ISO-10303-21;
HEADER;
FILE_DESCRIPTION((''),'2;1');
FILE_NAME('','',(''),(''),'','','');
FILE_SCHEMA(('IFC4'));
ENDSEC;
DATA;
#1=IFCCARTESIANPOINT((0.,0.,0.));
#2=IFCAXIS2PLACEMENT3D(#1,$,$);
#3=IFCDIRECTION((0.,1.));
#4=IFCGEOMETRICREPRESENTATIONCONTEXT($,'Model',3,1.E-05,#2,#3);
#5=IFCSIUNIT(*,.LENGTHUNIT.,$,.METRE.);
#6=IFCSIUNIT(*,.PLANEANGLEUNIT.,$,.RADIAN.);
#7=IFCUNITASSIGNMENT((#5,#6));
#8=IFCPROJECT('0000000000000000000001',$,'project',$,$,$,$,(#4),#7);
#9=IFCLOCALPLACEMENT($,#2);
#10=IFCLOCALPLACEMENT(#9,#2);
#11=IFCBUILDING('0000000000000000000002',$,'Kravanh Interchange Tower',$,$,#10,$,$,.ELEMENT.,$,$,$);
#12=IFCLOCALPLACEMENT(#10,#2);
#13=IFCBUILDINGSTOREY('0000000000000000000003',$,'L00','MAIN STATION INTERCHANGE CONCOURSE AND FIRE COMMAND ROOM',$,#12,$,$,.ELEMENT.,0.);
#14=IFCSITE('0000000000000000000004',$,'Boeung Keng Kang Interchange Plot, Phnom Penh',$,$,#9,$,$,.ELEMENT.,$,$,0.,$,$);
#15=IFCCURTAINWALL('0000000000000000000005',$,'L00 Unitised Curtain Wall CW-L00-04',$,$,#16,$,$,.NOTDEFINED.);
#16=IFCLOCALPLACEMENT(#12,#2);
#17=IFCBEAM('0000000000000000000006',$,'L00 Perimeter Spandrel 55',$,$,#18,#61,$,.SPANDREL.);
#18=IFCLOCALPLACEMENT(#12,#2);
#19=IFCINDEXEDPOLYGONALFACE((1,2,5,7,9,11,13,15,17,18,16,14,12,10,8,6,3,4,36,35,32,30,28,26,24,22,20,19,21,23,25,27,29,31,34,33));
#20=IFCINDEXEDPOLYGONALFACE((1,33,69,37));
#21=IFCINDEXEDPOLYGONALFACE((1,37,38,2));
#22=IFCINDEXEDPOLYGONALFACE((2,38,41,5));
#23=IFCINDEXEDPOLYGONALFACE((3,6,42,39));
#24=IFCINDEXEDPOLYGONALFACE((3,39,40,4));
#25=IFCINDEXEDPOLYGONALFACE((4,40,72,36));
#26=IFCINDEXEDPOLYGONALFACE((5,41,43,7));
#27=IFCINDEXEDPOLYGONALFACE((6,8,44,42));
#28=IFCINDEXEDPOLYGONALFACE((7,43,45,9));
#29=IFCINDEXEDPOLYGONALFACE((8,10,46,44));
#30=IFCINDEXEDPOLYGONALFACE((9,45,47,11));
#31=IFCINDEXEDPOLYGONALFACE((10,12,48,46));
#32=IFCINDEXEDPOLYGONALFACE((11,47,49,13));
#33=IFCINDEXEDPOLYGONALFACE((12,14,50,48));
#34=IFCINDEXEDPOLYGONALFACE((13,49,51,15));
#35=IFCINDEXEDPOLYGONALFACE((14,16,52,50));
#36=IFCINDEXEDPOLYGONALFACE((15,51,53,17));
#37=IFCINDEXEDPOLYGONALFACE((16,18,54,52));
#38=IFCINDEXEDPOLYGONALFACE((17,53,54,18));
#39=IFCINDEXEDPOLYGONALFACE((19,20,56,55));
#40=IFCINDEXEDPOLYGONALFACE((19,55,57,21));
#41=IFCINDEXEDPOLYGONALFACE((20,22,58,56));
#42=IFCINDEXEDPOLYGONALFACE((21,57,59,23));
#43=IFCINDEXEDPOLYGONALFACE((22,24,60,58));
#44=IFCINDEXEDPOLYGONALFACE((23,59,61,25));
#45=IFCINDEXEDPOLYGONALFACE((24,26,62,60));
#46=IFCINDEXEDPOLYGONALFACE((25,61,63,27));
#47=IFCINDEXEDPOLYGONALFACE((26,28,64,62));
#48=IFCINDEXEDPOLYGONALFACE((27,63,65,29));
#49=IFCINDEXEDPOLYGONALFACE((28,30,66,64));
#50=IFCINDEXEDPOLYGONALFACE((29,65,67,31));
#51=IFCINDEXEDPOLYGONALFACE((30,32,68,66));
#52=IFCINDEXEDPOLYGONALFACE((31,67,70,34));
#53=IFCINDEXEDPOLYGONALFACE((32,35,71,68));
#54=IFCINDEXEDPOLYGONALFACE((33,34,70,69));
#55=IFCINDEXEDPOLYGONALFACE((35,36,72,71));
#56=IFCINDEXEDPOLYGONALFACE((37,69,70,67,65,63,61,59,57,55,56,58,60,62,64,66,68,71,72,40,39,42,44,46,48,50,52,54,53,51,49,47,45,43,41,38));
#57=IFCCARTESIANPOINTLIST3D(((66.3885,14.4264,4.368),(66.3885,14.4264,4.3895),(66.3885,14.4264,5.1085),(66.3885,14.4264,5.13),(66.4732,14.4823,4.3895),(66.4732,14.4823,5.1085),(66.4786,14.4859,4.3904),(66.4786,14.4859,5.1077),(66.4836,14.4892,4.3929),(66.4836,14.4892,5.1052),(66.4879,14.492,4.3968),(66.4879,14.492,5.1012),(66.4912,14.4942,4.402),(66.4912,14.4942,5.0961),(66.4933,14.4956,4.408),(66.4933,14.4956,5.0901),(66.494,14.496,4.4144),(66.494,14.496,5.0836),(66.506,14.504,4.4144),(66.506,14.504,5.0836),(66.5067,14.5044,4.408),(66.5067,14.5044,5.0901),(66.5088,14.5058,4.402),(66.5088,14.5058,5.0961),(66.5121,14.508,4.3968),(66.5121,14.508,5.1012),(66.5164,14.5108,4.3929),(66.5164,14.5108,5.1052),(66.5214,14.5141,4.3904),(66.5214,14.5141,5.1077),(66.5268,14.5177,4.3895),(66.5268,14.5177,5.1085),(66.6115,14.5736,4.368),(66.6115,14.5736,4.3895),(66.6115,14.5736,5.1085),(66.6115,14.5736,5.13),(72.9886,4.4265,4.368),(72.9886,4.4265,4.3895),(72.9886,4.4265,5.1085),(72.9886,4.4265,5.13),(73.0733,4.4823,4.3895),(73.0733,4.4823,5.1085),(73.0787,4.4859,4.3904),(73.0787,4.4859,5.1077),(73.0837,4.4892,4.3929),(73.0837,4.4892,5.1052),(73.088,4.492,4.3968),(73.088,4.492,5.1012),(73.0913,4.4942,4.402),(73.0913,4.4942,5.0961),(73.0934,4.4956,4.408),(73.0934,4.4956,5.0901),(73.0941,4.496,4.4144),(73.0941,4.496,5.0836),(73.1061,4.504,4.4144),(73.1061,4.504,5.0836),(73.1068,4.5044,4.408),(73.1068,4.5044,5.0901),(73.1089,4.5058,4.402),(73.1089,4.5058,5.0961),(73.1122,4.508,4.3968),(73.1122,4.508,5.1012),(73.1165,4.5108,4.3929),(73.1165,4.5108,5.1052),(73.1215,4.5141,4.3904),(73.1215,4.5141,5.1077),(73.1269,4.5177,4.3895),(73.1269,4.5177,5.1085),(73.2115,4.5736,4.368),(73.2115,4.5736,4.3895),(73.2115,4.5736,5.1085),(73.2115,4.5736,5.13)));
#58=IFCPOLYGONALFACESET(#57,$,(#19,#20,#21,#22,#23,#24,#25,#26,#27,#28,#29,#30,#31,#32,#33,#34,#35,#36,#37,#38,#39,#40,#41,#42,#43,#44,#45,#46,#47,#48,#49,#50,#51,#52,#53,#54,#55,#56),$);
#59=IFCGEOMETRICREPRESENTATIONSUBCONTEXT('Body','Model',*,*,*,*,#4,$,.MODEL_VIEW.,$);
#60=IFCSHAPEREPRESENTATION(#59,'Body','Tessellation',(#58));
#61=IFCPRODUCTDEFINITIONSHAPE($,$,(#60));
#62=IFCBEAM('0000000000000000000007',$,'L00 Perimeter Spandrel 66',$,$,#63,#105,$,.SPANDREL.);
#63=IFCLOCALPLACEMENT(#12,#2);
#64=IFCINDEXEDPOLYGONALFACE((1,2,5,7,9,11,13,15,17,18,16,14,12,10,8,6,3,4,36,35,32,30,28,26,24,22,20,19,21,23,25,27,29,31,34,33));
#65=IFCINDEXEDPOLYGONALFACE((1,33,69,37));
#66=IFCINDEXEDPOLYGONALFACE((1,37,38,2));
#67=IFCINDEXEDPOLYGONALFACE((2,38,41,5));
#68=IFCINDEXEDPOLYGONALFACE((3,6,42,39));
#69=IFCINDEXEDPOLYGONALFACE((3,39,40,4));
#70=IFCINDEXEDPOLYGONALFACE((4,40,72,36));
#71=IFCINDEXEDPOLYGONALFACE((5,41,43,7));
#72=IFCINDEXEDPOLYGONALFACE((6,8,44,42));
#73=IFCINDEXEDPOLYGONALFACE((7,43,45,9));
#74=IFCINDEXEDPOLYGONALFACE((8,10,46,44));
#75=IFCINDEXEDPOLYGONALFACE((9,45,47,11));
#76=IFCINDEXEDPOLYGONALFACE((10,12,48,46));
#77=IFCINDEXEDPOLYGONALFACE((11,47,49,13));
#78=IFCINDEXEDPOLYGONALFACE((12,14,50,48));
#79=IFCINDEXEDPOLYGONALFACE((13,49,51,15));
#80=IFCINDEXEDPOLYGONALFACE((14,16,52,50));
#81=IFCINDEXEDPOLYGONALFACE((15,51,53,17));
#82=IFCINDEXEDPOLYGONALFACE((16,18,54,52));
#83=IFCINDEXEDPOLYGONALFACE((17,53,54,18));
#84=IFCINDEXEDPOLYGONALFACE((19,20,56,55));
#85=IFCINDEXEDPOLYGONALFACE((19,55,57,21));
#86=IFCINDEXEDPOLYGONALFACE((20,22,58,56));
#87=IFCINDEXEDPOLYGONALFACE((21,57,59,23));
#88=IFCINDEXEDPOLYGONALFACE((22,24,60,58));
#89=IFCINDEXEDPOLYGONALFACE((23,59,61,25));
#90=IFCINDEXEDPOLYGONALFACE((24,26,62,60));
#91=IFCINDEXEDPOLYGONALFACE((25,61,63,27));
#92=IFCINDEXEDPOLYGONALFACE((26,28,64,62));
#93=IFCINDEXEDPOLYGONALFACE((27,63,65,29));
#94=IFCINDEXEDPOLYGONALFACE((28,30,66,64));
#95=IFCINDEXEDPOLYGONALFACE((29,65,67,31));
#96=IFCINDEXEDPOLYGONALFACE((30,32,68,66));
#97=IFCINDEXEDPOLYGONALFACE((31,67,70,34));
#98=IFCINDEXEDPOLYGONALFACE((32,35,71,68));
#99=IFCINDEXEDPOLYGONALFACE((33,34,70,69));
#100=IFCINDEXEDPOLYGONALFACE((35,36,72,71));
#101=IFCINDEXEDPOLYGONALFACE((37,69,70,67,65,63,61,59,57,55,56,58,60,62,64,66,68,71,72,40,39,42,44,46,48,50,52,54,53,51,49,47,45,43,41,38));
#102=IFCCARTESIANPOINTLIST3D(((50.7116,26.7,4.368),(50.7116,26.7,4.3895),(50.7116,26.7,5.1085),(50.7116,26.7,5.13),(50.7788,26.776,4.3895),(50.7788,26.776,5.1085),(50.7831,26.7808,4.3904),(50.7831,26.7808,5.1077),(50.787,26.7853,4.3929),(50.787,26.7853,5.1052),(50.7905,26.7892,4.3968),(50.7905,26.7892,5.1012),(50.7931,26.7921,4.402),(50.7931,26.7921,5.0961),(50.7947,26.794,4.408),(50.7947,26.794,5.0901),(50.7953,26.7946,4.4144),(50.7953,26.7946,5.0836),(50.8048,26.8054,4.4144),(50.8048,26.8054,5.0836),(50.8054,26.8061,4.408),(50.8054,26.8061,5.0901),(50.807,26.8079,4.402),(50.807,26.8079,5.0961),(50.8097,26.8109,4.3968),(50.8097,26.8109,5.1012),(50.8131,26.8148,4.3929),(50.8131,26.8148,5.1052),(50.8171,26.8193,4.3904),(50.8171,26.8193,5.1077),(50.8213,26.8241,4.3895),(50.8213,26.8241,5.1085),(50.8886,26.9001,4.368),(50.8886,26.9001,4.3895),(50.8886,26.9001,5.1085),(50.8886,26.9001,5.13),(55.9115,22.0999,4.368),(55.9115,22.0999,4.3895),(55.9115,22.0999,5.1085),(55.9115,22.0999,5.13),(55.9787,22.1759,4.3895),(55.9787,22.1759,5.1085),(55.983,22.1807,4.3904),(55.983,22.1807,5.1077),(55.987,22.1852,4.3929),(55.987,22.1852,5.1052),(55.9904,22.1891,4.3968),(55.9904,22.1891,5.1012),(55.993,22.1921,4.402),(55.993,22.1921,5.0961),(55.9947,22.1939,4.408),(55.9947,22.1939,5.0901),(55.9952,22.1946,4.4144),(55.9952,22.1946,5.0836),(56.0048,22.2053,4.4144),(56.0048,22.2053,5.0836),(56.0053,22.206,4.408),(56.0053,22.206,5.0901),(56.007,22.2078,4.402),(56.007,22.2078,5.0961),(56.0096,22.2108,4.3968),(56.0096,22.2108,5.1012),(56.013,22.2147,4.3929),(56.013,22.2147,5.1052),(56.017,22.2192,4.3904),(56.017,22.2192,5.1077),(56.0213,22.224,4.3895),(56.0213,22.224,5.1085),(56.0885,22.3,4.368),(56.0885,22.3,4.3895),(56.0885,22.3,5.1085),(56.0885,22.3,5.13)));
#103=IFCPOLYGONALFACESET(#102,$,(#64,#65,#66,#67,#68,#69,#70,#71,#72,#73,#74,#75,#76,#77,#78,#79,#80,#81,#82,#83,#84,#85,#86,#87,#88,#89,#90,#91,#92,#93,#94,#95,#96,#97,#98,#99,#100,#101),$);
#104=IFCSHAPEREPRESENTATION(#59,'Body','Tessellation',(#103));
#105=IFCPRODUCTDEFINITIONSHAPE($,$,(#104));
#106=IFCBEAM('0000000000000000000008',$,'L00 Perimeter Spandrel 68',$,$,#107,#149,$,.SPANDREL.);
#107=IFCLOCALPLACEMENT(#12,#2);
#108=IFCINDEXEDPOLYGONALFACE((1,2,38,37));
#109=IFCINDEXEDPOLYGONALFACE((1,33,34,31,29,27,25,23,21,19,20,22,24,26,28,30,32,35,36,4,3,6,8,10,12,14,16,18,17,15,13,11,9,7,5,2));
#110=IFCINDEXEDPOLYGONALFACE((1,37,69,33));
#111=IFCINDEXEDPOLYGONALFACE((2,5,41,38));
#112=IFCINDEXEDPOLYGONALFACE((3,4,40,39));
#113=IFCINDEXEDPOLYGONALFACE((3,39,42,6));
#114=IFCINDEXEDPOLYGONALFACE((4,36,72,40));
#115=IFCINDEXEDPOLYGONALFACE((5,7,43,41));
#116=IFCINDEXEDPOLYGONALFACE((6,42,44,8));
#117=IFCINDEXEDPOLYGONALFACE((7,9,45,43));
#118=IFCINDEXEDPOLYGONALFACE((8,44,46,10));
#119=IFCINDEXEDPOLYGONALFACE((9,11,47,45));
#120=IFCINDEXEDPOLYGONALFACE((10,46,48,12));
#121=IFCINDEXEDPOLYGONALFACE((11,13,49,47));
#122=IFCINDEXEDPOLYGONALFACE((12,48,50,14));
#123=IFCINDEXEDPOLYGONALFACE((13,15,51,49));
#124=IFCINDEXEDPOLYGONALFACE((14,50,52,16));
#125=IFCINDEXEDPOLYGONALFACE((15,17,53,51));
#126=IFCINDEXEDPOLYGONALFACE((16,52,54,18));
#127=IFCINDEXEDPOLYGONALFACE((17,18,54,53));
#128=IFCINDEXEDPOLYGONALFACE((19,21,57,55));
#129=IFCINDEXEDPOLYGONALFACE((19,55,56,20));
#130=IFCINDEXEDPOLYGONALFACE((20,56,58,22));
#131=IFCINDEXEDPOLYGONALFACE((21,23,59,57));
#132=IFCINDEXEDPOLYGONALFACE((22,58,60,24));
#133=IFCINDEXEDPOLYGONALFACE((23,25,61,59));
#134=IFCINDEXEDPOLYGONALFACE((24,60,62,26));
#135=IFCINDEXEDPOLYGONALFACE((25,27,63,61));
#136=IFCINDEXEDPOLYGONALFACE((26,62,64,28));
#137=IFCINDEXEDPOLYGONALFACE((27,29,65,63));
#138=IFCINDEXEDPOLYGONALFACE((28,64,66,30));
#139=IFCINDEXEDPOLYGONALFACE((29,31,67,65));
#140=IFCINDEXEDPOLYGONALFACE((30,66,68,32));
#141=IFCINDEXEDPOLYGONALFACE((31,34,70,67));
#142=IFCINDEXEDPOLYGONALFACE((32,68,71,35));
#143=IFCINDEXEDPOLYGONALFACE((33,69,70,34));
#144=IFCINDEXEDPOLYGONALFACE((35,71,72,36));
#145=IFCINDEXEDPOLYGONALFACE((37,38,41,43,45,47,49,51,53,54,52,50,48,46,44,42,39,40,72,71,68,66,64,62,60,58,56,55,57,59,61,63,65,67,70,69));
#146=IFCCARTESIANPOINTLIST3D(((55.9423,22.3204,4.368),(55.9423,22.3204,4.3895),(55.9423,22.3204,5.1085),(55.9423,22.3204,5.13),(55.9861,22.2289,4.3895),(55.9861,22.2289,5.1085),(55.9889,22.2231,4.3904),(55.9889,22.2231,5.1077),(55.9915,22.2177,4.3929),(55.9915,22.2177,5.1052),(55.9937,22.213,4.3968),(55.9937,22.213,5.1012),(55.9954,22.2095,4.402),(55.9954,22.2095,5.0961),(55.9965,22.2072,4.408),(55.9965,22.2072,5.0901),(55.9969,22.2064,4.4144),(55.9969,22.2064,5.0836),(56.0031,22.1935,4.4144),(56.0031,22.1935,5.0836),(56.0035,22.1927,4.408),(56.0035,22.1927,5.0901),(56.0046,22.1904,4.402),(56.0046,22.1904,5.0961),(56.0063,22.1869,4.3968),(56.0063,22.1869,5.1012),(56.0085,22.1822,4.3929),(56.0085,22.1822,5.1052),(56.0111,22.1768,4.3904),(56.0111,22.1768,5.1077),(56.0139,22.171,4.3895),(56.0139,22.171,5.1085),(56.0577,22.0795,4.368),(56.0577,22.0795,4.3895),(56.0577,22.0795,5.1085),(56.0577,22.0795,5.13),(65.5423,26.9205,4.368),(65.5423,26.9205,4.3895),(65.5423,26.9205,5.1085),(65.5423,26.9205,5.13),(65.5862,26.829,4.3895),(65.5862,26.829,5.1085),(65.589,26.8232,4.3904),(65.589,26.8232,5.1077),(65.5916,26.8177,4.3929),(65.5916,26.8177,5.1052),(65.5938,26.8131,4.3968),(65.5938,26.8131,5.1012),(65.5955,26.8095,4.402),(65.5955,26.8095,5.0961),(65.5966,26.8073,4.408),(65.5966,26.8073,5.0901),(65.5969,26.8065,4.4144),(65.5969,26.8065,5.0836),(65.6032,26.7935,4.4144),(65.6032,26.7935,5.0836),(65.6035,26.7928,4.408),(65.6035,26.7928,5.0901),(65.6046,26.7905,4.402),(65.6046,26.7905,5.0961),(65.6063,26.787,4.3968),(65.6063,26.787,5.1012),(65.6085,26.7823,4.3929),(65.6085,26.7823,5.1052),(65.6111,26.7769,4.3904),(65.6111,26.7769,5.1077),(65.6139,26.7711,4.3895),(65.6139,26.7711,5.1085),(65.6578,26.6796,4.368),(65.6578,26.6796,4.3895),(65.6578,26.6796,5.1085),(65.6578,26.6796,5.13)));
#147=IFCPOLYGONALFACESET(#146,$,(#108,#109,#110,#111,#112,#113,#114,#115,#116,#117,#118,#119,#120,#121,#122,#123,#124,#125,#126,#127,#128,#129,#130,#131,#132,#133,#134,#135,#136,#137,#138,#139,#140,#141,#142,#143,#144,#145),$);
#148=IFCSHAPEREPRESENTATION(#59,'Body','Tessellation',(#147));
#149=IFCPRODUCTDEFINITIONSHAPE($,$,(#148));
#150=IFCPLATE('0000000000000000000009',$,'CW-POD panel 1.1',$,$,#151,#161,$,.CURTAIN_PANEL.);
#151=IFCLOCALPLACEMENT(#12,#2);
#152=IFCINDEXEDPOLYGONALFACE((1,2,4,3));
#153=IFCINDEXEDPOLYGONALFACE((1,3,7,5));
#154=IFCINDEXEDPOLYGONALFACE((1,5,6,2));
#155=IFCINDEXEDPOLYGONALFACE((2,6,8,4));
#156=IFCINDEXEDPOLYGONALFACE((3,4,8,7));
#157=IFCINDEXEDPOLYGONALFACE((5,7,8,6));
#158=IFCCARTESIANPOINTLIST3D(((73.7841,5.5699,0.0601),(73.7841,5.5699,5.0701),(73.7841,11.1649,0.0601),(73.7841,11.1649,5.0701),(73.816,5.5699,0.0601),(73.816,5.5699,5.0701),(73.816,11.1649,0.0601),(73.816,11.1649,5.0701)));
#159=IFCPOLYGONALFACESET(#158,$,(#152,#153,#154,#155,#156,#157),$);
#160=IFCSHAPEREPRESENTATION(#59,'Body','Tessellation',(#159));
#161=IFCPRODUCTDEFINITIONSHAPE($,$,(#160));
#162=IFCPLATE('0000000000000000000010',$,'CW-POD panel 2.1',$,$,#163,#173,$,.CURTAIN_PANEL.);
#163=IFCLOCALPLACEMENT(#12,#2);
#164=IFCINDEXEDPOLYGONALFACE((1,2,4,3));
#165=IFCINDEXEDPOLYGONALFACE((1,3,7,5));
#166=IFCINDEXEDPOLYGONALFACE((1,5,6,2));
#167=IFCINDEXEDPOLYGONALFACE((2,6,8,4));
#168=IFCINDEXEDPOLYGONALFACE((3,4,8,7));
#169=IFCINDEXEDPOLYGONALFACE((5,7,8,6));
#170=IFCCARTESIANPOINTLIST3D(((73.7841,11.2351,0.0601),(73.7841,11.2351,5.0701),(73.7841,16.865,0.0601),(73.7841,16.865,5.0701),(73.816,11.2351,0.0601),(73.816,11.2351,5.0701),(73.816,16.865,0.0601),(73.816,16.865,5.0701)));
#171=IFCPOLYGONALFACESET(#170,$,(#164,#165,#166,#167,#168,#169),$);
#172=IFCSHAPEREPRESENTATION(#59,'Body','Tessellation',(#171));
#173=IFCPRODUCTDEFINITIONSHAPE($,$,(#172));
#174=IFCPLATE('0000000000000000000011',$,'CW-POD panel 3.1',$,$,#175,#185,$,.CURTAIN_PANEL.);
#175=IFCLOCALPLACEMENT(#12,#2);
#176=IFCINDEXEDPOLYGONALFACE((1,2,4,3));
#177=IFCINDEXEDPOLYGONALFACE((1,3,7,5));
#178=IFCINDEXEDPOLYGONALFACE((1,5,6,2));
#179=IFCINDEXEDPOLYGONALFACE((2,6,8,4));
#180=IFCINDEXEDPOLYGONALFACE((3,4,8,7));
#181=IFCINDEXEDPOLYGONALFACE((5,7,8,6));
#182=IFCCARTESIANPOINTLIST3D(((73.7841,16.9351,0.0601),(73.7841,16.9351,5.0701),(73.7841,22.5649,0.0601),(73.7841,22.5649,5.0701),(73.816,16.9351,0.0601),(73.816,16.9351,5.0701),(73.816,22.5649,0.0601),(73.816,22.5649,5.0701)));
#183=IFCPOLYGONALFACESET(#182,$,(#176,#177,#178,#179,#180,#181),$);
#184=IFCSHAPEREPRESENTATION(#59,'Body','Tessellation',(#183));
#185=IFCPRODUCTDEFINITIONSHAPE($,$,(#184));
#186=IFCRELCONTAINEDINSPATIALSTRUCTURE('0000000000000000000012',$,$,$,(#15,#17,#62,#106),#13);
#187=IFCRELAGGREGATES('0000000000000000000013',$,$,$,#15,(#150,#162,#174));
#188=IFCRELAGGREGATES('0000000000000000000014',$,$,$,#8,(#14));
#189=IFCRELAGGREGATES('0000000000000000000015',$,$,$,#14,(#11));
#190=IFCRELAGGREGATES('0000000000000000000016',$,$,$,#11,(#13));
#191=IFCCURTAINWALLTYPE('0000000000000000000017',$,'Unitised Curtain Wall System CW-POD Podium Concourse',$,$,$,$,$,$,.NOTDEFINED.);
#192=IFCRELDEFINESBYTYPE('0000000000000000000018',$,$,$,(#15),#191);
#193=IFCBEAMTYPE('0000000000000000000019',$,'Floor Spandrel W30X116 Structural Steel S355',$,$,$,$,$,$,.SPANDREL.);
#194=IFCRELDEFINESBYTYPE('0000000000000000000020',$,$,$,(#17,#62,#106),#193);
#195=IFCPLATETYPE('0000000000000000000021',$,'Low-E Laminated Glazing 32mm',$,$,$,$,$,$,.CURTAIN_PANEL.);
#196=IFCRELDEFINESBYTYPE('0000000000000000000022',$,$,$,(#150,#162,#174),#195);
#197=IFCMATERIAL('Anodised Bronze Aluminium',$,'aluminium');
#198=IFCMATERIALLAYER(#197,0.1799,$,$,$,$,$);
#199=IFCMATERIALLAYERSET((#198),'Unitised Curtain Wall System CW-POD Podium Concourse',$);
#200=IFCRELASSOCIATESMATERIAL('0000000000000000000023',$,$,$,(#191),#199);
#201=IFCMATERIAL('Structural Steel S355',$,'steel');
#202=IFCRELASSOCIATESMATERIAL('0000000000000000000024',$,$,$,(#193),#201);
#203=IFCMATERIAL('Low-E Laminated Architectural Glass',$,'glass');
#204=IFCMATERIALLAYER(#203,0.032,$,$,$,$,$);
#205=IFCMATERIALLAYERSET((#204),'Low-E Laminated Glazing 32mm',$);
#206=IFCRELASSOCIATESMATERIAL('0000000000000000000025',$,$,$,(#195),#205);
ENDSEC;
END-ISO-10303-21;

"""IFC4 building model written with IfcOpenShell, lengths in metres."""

from ifc_helpers import new_model, si_unit, direction, frame, origin, origin_2d, place, context, subcontext, project, spatial, rectangle, i_section, extrude, material, layer, layer_set, material_profile, profile_set, type_object, element, aggregate, save


model = new_model("IFC4")

# Units and contexts
model_context = context("Model", 3, precision=1e-05, world=origin(), true_north=direction((0.0, 1.0)))
body_context = subcontext(model_context, "Body", "Model", "MODEL_VIEW")
ifc_project = project(units=[si_unit("LENGTHUNIT", "METRE"), si_unit("PLANEANGLEUNIT", "RADIAN")], contexts=[model_context])

# Site, building, storey
site_placement = place(None, origin())
site = spatial("IfcSite", under=ifc_project, at=site_placement, Name="Boeung Keng Kang Interchange Plot, Phnom Penh", CompositionType="ELEMENT", RefElevation=0.0)
building_placement = place(site_placement, origin())
building = spatial("IfcBuilding", under=site, at=building_placement, Name="Kravanh Interchange Tower", CompositionType="ELEMENT")
storey_placement = place(building_placement, origin())
storey = spatial("IfcBuildingStorey", under=building, at=storey_placement, Name="L00", Description="MAIN STATION INTERCHANGE CONCOURSE AND FIRE COMMAND ROOM", CompositionType="ELEMENT", Elevation=0.0)

# Curtain wall
ifc_material_1 = material(Name="Anodised Bronze Aluminium", Category="aluminium")
ifc_layer_1 = layer(ifc_material_1, 0.1799)
ifc_layer_set_1 = layer_set([ifc_layer_1], Name="Unitised Curtain Wall System CW-POD Podium Concourse")
curtain_wall_type = type_object("IfcCurtainWallType", Name="Unitised Curtain Wall System CW-POD Podium Concourse", PredefinedType="NOTDEFINED", material=ifc_layer_set_1)
curtain_wall_placement = place(storey_placement, origin())
curtain_wall = element("IfcCurtainWall", 1, at=curtain_wall_placement, inside=storey, type_object=curtain_wall_type, Name="L00 Unitised Curtain Wall CW-L00-04", PredefinedType="NOTDEFINED")

# Beams
ifc_material_2 = material(Name="Structural Steel S355", Category="steel")
ifc_material_profile_1 = material_profile(ifc_material_2, i_section(OverallWidth=0.2671, OverallDepth=0.762, WebThickness=0.0144, FlangeThickness=0.0215, FilletRadius=0.0249, at=origin_2d()), Name="W30X116")
ifc_profile_set_1 = profile_set([ifc_material_profile_1], Name="Structural Steel S355")
beam_type_1 = type_object("IfcBeamType", Name="Floor Spandrel W30X116 Structural Steel S355", PredefinedType="SPANDREL", material=ifc_profile_set_1)
beam_1_placement = place(storey_placement, frame((66.5, 14.5, 4.749), z_axis=(0.550848, -0.834606, 0.0), x_axis=(0.834606, 0.550848, 0.0)))
element("IfcBeam", 2, at=beam_1_placement, inside=storey, type_object=beam_type_1, Name="L00 Perimeter Spandrel 55", PredefinedType="SPANDREL", context=body_context, shape_type="SweptSolid", body=[
    extrude(i_section(OverallWidth=0.2671, OverallDepth=0.762, WebThickness=0.0144, FlangeThickness=0.0215, FilletRadius=0.0249, at=origin_2d()), origin(), (0.0, 0.0, 1.0), 11.9817),
])
beam_2_placement = place(storey_placement, frame((56.0, 22.2, 4.749), z_axis=(-0.748986, 0.662585, 0.0), x_axis=(-0.662585, -0.748986, 0.0)))
element("IfcBeam", 3, at=beam_2_placement, inside=storey, type_object=beam_type_1, Name="L00 Perimeter Spandrel 66", PredefinedType="SPANDREL", context=body_context, shape_type="SweptSolid", body=[
    extrude(i_section(OverallWidth=0.2671, OverallDepth=0.762, WebThickness=0.0144, FlangeThickness=0.0215, FilletRadius=0.0249, at=origin_2d()), origin(), (0.0, 0.0, 1.0), 6.9426),
])
beam_3_placement = place(storey_placement, frame((56.0, 22.2, 4.749), z_axis=(0.901814, 0.432124, 0.0), x_axis=(-0.432124, 0.901814, 0.0)))
element("IfcBeam", 4, at=beam_3_placement, inside=storey, type_object=beam_type_1, Name="L00 Perimeter Spandrel 68", PredefinedType="SPANDREL", context=body_context, shape_type="SweptSolid", body=[
    extrude(i_section(OverallWidth=0.2671, OverallDepth=0.762, WebThickness=0.0144, FlangeThickness=0.0215, FilletRadius=0.0249, at=origin_2d()), origin(), (0.0, 0.0, 1.0), 10.6453),
])

# Plates
ifc_material_3 = material(Name="Low-E Laminated Architectural Glass", Category="glass")
ifc_layer_2 = layer(ifc_material_3, 0.032)
ifc_layer_set_2 = layer_set([ifc_layer_2], Name="Low-E Laminated Glazing 32mm")
plate_type = type_object("IfcPlateType", Name="Low-E Laminated Glazing 32mm", PredefinedType="CURTAIN_PANEL", material=ifc_layer_set_2)
plate_1_placement = place(storey_placement, frame((73.8, 8.3674, 0.0601), z_axis=(0.0, 0.0, 1.0), x_axis=(0.0, 1.0, 0.0)))
plate_1 = element("IfcPlate", 5, at=plate_1_placement, type_object=plate_type, Name="CW-POD panel 1.1", PredefinedType="CURTAIN_PANEL", context=body_context, shape_type="SweptSolid", body=[
    extrude(rectangle(XDim=5.595, YDim=0.032, at=origin_2d()), origin(), (0.0, 0.0, 1.0), 5.01),
])
plate_2_placement = place(storey_placement, frame((73.8, 14.05, 0.0601), z_axis=(0.0, 0.0, 1.0), x_axis=(0.0, 1.0, 0.0)))
plate_2 = element("IfcPlate", 6, at=plate_2_placement, type_object=plate_type, Name="CW-POD panel 2.1", PredefinedType="CURTAIN_PANEL", context=body_context, shape_type="SweptSolid", body=[
    extrude(rectangle(XDim=5.6299, YDim=0.032, at=origin_2d()), origin(), (0.0, 0.0, 1.0), 5.01),
])
plate_3_placement = place(storey_placement, frame((73.8, 19.75, 0.0601), z_axis=(0.0, 0.0, 1.0), x_axis=(0.0, 1.0, 0.0)))
plate_3 = element("IfcPlate", 7, at=plate_3_placement, type_object=plate_type, Name="CW-POD panel 3.1", PredefinedType="CURTAIN_PANEL", context=body_context, shape_type="SweptSolid", body=[
    extrude(rectangle(XDim=5.6299, YDim=0.032, at=origin_2d()), origin(), (0.0, 0.0, 1.0), 5.01),
])
aggregate(curtain_wall, [plate_1, plate_2, plate_3])

save(model, "model.ifc")
